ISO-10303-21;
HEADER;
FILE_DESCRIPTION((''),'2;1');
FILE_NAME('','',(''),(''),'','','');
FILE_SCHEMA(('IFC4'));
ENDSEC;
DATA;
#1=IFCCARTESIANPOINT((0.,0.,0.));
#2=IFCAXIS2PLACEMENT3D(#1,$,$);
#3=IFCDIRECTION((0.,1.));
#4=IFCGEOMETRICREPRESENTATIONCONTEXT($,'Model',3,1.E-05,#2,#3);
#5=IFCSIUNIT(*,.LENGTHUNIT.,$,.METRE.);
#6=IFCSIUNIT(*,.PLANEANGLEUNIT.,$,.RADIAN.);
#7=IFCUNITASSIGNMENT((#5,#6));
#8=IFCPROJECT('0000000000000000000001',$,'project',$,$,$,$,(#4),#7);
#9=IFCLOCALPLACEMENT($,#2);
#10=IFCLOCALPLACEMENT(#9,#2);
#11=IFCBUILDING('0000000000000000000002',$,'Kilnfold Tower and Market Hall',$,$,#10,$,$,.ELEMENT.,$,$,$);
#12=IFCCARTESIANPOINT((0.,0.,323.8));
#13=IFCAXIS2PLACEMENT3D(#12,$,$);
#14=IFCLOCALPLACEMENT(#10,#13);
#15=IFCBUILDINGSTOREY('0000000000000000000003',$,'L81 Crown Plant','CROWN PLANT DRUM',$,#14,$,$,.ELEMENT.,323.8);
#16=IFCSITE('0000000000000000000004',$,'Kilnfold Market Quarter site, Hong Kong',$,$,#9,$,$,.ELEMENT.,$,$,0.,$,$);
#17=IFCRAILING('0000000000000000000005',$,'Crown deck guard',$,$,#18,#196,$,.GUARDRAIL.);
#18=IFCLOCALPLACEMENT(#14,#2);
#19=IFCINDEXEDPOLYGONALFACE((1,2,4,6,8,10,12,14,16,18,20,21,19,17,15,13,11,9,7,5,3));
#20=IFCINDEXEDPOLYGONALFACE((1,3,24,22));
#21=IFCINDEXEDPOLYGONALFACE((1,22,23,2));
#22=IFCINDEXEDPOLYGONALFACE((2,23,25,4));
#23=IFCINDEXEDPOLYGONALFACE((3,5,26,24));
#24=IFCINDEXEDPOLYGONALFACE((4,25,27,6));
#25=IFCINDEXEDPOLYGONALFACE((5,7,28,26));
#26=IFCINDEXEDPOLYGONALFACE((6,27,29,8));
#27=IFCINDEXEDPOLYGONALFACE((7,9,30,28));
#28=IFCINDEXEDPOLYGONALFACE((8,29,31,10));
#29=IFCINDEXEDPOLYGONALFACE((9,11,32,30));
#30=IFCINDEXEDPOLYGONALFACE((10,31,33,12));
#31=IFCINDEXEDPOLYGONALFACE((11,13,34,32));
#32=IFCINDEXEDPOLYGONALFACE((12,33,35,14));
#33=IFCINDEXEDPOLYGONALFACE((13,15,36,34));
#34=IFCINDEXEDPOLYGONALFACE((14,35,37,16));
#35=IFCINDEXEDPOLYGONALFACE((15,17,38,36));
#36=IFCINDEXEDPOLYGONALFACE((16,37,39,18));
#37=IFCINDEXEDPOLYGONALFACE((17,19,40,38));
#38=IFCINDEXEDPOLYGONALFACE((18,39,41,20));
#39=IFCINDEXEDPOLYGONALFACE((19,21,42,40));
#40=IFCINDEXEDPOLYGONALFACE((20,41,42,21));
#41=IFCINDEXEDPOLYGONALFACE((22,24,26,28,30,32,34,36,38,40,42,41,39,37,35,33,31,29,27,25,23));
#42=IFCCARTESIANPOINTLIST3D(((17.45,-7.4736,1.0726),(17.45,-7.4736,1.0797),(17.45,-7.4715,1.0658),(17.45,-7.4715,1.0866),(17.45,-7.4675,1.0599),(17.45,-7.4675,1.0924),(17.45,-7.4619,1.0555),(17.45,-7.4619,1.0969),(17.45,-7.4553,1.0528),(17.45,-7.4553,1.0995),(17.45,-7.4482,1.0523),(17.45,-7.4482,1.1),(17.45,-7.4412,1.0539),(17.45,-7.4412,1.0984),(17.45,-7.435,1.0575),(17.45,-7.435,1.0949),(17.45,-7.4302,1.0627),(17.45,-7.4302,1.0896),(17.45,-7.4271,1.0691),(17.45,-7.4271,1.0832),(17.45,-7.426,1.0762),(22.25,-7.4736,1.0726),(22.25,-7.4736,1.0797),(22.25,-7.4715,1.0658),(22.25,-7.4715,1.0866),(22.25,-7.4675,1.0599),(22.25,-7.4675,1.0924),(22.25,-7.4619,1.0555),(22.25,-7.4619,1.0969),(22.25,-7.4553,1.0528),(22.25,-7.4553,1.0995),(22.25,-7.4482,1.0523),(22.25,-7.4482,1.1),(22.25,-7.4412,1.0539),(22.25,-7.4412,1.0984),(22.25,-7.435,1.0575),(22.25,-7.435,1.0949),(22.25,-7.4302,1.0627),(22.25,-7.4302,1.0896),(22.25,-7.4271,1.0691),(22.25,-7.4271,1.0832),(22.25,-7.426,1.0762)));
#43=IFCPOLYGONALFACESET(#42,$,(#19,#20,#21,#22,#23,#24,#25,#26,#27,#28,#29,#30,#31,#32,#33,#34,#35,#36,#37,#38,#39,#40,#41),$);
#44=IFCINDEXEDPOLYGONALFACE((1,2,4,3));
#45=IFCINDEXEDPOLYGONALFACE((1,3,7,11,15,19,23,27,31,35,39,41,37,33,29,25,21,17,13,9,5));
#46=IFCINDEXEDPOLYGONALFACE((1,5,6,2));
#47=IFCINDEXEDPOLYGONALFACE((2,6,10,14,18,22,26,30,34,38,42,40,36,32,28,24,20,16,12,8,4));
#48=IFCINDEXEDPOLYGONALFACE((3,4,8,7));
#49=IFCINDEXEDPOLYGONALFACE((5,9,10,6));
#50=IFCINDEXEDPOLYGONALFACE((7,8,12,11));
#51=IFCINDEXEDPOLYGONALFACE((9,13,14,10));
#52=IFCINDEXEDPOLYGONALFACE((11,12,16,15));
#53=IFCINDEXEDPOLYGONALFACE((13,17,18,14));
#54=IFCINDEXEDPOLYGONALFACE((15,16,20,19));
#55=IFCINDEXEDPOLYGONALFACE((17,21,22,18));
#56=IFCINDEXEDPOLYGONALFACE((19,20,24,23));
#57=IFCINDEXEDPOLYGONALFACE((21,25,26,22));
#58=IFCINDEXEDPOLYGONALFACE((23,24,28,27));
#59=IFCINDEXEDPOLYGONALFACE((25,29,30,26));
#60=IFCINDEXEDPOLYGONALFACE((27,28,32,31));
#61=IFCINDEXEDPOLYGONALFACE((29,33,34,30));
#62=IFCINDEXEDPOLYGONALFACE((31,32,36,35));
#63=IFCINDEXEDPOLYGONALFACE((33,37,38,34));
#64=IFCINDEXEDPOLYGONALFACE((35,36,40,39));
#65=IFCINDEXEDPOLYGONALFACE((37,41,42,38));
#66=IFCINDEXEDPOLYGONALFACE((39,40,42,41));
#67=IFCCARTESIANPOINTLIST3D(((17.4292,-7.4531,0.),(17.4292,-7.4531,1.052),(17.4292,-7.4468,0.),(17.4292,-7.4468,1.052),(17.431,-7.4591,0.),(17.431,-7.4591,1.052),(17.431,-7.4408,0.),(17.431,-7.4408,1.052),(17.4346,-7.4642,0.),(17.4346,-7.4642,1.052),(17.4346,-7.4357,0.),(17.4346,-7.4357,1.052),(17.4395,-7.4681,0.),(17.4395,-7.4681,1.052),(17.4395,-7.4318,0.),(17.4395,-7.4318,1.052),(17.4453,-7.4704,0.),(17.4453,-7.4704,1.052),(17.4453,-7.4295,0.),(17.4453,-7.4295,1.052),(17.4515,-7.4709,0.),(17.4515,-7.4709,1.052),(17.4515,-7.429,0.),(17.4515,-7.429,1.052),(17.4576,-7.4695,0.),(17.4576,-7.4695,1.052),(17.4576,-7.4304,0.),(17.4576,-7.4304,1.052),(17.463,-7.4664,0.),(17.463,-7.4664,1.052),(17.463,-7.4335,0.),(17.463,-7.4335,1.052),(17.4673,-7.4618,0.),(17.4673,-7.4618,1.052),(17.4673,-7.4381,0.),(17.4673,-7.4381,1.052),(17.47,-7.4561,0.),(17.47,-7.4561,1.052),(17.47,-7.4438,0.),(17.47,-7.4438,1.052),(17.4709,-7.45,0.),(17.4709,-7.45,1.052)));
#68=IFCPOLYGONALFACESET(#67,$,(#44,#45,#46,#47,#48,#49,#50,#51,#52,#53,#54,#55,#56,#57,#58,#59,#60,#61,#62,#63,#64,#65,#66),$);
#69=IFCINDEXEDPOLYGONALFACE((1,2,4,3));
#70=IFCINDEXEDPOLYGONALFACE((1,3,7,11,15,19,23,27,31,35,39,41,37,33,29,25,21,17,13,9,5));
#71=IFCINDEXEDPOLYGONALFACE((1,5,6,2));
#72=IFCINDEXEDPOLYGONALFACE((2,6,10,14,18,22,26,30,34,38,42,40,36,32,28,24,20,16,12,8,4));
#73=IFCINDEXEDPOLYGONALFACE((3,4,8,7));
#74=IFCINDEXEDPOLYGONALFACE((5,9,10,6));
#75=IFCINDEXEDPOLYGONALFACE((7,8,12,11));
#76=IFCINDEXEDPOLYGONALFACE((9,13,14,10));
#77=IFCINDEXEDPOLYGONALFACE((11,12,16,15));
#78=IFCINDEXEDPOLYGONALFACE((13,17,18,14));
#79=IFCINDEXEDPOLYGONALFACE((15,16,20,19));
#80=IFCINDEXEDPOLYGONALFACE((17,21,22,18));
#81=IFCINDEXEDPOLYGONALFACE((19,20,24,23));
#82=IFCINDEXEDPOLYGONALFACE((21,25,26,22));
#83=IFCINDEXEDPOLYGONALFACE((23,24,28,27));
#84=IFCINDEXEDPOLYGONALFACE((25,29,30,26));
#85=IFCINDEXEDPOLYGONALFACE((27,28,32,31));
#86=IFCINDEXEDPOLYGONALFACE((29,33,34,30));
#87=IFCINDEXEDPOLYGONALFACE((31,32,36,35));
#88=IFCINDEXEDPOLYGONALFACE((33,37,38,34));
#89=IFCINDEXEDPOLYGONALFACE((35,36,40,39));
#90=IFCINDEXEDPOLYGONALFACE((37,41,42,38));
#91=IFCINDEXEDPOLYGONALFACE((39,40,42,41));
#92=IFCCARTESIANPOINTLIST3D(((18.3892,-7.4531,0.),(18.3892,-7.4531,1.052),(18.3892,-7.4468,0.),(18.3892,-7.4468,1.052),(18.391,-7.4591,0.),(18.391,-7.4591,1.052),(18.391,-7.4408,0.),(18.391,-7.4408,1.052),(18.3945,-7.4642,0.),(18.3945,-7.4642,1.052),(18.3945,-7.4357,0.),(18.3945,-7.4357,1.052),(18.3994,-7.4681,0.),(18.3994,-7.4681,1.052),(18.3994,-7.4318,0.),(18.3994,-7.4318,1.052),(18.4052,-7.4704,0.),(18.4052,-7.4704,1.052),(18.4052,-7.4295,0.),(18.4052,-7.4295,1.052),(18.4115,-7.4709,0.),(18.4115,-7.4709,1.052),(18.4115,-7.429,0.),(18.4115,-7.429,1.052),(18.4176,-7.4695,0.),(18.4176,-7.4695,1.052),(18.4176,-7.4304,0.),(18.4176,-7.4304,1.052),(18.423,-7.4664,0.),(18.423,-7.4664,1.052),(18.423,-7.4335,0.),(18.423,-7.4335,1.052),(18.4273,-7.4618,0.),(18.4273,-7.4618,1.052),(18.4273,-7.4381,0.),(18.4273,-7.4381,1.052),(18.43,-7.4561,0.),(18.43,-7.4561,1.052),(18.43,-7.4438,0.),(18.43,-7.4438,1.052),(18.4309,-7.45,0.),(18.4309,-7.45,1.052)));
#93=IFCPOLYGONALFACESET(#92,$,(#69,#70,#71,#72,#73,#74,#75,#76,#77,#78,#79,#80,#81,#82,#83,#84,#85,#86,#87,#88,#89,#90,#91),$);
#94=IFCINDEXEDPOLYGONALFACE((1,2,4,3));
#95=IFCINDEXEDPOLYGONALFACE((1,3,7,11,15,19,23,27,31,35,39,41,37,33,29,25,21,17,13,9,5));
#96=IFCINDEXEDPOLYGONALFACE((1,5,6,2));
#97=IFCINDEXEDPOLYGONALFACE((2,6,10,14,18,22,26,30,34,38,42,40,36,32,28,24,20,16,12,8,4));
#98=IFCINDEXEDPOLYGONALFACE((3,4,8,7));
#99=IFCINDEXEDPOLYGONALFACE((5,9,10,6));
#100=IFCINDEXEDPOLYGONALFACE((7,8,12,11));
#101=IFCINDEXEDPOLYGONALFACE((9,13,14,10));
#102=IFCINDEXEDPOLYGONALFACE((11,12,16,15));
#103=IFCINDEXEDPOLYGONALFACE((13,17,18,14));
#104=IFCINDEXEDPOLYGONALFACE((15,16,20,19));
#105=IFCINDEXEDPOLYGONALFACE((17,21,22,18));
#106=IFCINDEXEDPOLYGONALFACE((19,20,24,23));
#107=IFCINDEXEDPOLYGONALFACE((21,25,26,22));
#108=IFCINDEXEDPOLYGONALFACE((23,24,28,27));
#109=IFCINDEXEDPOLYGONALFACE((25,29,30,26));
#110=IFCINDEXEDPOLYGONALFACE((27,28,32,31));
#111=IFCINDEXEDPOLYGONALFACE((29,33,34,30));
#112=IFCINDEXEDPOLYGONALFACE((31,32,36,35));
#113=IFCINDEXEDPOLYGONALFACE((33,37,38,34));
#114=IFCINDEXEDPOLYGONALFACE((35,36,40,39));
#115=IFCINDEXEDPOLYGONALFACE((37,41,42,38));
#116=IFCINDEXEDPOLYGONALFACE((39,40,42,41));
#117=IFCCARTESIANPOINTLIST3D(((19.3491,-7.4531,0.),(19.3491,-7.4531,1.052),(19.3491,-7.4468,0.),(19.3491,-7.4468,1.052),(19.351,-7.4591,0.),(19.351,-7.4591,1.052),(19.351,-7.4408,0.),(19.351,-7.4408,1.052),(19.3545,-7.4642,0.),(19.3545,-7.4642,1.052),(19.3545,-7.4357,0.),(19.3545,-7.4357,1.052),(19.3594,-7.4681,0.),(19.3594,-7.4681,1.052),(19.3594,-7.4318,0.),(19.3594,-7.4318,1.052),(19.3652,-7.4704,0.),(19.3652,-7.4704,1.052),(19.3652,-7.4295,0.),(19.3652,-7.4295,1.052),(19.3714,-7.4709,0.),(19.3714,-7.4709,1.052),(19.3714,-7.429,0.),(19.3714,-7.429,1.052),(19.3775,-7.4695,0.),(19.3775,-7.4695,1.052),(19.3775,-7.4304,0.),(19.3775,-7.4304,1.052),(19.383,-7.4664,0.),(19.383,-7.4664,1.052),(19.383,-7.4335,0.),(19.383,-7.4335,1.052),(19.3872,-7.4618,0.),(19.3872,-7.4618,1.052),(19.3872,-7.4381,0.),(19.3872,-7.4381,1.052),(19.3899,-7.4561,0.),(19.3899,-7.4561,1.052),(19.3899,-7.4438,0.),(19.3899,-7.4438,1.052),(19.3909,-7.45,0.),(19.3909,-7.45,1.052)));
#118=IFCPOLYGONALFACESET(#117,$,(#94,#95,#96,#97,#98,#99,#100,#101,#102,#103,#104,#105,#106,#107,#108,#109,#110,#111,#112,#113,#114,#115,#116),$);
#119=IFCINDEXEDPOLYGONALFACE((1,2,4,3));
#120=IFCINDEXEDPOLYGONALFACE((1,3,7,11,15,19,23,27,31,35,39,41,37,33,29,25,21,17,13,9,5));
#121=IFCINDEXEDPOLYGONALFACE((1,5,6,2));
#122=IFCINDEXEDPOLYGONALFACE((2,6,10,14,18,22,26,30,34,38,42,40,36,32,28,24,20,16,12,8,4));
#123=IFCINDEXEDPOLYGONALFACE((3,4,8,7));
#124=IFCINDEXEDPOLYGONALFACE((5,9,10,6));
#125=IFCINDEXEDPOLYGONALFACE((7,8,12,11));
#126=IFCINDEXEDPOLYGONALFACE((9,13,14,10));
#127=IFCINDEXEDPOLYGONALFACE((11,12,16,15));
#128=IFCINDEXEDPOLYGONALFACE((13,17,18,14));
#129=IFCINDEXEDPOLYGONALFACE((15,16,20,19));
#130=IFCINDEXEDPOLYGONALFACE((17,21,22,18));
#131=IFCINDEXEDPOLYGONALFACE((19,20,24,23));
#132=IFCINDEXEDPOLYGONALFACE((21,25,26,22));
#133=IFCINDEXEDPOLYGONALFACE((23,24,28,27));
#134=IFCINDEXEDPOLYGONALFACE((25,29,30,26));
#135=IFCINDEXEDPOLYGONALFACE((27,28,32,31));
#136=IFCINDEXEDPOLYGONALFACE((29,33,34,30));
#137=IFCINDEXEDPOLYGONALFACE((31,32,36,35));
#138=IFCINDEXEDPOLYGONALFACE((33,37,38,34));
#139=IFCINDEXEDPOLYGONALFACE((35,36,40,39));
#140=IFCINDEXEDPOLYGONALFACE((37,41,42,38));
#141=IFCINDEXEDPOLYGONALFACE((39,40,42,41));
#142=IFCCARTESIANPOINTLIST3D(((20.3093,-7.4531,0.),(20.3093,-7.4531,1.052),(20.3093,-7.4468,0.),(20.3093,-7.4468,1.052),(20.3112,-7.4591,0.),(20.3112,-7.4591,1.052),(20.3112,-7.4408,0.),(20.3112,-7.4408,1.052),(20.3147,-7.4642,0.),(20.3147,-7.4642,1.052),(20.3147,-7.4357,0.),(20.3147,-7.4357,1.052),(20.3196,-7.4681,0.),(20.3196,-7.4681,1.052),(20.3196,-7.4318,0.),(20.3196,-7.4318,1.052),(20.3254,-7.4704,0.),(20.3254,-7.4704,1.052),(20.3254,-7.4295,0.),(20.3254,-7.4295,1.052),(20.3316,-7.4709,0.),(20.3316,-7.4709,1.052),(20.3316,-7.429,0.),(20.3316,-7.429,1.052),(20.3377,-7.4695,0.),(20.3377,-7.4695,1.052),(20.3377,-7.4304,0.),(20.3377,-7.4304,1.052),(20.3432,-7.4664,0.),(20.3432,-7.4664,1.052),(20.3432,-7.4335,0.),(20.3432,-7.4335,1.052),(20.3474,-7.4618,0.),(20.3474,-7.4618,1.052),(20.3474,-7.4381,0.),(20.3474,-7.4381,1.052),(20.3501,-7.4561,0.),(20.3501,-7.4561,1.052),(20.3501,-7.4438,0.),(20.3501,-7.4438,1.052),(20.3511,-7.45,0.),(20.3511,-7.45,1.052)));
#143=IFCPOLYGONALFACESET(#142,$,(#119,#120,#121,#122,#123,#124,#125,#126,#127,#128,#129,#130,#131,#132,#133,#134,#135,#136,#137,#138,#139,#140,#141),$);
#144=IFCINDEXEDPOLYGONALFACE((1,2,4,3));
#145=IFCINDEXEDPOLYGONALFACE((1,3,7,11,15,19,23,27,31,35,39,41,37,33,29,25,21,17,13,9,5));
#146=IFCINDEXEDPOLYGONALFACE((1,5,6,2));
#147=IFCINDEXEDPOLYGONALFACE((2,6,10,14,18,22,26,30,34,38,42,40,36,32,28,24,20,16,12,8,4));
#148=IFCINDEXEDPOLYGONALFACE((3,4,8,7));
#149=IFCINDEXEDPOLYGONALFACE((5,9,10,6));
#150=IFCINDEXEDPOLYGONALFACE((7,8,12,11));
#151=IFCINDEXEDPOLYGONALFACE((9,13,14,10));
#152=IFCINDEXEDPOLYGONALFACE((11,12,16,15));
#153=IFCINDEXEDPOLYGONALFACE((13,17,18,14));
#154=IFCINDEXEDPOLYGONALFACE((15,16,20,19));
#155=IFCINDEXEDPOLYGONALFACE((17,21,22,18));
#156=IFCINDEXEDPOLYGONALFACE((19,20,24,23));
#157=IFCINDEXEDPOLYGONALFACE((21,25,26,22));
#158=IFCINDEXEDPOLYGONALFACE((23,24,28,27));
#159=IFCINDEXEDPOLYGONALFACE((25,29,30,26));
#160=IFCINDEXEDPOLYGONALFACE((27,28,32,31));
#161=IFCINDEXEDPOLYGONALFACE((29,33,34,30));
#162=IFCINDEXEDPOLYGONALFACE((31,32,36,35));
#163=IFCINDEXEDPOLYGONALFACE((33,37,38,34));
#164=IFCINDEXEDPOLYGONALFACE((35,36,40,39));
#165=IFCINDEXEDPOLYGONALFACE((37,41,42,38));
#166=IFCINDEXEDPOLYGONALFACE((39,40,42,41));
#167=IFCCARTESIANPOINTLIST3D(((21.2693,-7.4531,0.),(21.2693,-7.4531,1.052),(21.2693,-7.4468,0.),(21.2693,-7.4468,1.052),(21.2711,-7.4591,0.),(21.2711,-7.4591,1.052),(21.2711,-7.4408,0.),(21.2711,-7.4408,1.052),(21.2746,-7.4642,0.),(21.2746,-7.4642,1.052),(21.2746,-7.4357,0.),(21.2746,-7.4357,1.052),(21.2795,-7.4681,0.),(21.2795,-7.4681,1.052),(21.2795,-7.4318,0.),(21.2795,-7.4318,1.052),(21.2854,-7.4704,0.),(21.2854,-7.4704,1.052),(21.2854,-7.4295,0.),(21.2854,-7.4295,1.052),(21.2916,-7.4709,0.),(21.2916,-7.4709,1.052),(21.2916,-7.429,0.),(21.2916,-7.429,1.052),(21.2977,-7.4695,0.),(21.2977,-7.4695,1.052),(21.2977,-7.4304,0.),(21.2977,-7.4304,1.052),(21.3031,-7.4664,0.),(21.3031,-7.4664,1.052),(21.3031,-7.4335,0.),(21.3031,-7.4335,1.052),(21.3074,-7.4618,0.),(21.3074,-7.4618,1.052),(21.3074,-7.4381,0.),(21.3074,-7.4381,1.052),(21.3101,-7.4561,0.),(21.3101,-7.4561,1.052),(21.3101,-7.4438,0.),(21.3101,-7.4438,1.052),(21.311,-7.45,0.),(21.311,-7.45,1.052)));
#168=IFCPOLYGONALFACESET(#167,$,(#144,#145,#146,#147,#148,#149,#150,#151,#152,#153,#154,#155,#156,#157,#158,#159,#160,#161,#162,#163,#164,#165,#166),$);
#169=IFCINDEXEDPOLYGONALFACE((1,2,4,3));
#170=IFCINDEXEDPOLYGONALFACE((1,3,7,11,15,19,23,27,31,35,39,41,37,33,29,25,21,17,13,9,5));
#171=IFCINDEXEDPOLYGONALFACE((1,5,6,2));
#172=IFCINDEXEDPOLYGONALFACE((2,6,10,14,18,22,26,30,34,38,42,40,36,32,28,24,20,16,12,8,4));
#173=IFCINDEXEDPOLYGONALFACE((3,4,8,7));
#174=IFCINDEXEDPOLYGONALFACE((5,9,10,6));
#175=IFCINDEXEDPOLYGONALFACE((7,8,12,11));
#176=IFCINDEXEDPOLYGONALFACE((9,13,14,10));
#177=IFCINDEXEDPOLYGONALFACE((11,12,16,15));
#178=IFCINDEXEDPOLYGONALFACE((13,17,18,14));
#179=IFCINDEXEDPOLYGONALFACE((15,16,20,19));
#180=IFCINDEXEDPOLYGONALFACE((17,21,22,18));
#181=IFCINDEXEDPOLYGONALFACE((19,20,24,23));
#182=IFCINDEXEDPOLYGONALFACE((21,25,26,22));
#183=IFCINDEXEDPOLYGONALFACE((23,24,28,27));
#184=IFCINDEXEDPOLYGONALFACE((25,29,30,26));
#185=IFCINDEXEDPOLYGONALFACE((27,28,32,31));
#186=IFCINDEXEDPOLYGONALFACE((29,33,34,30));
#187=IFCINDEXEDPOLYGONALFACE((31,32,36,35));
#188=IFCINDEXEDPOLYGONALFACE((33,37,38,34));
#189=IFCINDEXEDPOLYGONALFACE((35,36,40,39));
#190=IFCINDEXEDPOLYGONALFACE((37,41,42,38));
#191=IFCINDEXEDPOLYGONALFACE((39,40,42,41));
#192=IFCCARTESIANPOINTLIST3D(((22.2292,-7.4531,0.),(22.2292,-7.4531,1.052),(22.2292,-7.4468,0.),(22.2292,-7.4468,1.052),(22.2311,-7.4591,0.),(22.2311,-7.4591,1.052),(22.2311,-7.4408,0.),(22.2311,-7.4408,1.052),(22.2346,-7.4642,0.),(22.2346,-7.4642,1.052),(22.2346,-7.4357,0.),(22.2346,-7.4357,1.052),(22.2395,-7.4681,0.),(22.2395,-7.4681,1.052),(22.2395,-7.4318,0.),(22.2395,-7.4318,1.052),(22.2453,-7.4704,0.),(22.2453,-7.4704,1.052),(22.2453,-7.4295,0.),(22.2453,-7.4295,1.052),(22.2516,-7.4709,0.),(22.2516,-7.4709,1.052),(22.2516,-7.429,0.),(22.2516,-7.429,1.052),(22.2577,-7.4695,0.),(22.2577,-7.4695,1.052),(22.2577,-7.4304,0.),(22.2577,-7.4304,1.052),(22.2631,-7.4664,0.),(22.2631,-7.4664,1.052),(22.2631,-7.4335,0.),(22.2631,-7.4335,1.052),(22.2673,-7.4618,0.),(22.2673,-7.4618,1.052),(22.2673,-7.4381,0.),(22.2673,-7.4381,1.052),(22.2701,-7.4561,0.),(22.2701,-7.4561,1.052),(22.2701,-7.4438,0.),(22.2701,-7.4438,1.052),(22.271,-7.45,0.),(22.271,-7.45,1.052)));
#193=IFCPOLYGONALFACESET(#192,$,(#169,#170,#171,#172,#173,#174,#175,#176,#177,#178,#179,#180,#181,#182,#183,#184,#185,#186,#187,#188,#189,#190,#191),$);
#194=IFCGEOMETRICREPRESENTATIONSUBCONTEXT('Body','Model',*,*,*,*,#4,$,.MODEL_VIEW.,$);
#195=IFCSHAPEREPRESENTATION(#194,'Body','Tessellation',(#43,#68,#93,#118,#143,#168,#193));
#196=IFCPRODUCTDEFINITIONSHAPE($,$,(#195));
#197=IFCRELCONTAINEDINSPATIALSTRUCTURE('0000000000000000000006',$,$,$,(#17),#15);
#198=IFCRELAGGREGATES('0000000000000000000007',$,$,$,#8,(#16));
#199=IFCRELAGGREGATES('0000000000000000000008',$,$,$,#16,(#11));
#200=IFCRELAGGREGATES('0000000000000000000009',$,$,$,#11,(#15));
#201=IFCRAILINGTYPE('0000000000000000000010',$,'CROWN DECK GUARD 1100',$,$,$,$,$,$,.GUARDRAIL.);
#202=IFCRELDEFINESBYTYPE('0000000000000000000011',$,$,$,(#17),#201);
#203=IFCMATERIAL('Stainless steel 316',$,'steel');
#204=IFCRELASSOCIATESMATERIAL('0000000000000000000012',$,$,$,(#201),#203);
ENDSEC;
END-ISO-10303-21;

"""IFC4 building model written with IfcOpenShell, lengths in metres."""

from ifc_helpers import new_model, si_unit, direction, frame, origin, origin_2d, place, context, subcontext, project, spatial, circle, extrude, material, type_object, element, save


model = new_model("IFC4")

# Units and contexts
model_context = context("Model", 3, precision=1e-05, world=origin(), true_north=direction((0.0, 1.0)))
body_context = subcontext(model_context, "Body", "Model", "MODEL_VIEW")
ifc_project = project(units=[si_unit("LENGTHUNIT", "METRE"), si_unit("PLANEANGLEUNIT", "RADIAN")], contexts=[model_context])

# Site, building, storey
site_placement = place(None, origin())
site = spatial("IfcSite", under=ifc_project, at=site_placement, Name="Kilnfold Market Quarter site, Hong Kong", CompositionType="ELEMENT", RefElevation=0.0)
building_placement = place(site_placement, origin())
building = spatial("IfcBuilding", under=site, at=building_placement, Name="Kilnfold Tower and Market Hall", CompositionType="ELEMENT")
storey_placement = place(building_placement, frame((0.0, 0.0, 323.8)))
storey = spatial("IfcBuildingStorey", under=building, at=storey_placement, Name="L81 Crown Plant", Description="CROWN PLANT DRUM", CompositionType="ELEMENT", Elevation=323.8)

# Railing
ifc_material_1 = material(Name="Stainless steel 316", Category="steel")
railing_type_1 = type_object("IfcRailingType", Name="CROWN DECK GUARD 1100", PredefinedType="GUARDRAIL", material=ifc_material_1)
railing_1_placement = place(storey_placement, frame((17.45, -7.45, 0.0)))
element("IfcRailing", 1, at=railing_1_placement, inside=storey, type_object=railing_type_1, Name="Crown deck guard", PredefinedType="GUARDRAIL", context=body_context, shape_type="SweptSolid", body=[
    extrude(circle(Radius=0.0239, at=origin_2d()), frame((0.0, 0.0, 1.0762), z_axis=(1.0, 0.0, 0.0), x_axis=(0.0, 1.0, 0.0)), (0.0, 0.0, 1.0), 4.8),
    extrude(circle(Radius=0.021, at=origin_2d()), origin(), (0.0, 0.0, 1.0), 1.052),
    extrude(circle(Radius=0.021, at=origin_2d()), frame((0.96, 0.0, 0.0)), (0.0, 0.0, 1.0), 1.052),
    extrude(circle(Radius=0.021, at=origin_2d()), frame((1.9199, 0.0, 0.0)), (0.0, 0.0, 1.0), 1.052),
    extrude(circle(Radius=0.021, at=origin_2d()), frame((2.8801, 0.0, 0.0)), (0.0, 0.0, 1.0), 1.052),
    extrude(circle(Radius=0.021, at=origin_2d()), frame((3.8401, 0.0, 0.0)), (0.0, 0.0, 1.0), 1.052),
    extrude(circle(Radius=0.021, at=origin_2d()), frame((4.8, 0.0, 0.0)), (0.0, 0.0, 1.0), 1.052),
])

save(model, "model.ifc")
